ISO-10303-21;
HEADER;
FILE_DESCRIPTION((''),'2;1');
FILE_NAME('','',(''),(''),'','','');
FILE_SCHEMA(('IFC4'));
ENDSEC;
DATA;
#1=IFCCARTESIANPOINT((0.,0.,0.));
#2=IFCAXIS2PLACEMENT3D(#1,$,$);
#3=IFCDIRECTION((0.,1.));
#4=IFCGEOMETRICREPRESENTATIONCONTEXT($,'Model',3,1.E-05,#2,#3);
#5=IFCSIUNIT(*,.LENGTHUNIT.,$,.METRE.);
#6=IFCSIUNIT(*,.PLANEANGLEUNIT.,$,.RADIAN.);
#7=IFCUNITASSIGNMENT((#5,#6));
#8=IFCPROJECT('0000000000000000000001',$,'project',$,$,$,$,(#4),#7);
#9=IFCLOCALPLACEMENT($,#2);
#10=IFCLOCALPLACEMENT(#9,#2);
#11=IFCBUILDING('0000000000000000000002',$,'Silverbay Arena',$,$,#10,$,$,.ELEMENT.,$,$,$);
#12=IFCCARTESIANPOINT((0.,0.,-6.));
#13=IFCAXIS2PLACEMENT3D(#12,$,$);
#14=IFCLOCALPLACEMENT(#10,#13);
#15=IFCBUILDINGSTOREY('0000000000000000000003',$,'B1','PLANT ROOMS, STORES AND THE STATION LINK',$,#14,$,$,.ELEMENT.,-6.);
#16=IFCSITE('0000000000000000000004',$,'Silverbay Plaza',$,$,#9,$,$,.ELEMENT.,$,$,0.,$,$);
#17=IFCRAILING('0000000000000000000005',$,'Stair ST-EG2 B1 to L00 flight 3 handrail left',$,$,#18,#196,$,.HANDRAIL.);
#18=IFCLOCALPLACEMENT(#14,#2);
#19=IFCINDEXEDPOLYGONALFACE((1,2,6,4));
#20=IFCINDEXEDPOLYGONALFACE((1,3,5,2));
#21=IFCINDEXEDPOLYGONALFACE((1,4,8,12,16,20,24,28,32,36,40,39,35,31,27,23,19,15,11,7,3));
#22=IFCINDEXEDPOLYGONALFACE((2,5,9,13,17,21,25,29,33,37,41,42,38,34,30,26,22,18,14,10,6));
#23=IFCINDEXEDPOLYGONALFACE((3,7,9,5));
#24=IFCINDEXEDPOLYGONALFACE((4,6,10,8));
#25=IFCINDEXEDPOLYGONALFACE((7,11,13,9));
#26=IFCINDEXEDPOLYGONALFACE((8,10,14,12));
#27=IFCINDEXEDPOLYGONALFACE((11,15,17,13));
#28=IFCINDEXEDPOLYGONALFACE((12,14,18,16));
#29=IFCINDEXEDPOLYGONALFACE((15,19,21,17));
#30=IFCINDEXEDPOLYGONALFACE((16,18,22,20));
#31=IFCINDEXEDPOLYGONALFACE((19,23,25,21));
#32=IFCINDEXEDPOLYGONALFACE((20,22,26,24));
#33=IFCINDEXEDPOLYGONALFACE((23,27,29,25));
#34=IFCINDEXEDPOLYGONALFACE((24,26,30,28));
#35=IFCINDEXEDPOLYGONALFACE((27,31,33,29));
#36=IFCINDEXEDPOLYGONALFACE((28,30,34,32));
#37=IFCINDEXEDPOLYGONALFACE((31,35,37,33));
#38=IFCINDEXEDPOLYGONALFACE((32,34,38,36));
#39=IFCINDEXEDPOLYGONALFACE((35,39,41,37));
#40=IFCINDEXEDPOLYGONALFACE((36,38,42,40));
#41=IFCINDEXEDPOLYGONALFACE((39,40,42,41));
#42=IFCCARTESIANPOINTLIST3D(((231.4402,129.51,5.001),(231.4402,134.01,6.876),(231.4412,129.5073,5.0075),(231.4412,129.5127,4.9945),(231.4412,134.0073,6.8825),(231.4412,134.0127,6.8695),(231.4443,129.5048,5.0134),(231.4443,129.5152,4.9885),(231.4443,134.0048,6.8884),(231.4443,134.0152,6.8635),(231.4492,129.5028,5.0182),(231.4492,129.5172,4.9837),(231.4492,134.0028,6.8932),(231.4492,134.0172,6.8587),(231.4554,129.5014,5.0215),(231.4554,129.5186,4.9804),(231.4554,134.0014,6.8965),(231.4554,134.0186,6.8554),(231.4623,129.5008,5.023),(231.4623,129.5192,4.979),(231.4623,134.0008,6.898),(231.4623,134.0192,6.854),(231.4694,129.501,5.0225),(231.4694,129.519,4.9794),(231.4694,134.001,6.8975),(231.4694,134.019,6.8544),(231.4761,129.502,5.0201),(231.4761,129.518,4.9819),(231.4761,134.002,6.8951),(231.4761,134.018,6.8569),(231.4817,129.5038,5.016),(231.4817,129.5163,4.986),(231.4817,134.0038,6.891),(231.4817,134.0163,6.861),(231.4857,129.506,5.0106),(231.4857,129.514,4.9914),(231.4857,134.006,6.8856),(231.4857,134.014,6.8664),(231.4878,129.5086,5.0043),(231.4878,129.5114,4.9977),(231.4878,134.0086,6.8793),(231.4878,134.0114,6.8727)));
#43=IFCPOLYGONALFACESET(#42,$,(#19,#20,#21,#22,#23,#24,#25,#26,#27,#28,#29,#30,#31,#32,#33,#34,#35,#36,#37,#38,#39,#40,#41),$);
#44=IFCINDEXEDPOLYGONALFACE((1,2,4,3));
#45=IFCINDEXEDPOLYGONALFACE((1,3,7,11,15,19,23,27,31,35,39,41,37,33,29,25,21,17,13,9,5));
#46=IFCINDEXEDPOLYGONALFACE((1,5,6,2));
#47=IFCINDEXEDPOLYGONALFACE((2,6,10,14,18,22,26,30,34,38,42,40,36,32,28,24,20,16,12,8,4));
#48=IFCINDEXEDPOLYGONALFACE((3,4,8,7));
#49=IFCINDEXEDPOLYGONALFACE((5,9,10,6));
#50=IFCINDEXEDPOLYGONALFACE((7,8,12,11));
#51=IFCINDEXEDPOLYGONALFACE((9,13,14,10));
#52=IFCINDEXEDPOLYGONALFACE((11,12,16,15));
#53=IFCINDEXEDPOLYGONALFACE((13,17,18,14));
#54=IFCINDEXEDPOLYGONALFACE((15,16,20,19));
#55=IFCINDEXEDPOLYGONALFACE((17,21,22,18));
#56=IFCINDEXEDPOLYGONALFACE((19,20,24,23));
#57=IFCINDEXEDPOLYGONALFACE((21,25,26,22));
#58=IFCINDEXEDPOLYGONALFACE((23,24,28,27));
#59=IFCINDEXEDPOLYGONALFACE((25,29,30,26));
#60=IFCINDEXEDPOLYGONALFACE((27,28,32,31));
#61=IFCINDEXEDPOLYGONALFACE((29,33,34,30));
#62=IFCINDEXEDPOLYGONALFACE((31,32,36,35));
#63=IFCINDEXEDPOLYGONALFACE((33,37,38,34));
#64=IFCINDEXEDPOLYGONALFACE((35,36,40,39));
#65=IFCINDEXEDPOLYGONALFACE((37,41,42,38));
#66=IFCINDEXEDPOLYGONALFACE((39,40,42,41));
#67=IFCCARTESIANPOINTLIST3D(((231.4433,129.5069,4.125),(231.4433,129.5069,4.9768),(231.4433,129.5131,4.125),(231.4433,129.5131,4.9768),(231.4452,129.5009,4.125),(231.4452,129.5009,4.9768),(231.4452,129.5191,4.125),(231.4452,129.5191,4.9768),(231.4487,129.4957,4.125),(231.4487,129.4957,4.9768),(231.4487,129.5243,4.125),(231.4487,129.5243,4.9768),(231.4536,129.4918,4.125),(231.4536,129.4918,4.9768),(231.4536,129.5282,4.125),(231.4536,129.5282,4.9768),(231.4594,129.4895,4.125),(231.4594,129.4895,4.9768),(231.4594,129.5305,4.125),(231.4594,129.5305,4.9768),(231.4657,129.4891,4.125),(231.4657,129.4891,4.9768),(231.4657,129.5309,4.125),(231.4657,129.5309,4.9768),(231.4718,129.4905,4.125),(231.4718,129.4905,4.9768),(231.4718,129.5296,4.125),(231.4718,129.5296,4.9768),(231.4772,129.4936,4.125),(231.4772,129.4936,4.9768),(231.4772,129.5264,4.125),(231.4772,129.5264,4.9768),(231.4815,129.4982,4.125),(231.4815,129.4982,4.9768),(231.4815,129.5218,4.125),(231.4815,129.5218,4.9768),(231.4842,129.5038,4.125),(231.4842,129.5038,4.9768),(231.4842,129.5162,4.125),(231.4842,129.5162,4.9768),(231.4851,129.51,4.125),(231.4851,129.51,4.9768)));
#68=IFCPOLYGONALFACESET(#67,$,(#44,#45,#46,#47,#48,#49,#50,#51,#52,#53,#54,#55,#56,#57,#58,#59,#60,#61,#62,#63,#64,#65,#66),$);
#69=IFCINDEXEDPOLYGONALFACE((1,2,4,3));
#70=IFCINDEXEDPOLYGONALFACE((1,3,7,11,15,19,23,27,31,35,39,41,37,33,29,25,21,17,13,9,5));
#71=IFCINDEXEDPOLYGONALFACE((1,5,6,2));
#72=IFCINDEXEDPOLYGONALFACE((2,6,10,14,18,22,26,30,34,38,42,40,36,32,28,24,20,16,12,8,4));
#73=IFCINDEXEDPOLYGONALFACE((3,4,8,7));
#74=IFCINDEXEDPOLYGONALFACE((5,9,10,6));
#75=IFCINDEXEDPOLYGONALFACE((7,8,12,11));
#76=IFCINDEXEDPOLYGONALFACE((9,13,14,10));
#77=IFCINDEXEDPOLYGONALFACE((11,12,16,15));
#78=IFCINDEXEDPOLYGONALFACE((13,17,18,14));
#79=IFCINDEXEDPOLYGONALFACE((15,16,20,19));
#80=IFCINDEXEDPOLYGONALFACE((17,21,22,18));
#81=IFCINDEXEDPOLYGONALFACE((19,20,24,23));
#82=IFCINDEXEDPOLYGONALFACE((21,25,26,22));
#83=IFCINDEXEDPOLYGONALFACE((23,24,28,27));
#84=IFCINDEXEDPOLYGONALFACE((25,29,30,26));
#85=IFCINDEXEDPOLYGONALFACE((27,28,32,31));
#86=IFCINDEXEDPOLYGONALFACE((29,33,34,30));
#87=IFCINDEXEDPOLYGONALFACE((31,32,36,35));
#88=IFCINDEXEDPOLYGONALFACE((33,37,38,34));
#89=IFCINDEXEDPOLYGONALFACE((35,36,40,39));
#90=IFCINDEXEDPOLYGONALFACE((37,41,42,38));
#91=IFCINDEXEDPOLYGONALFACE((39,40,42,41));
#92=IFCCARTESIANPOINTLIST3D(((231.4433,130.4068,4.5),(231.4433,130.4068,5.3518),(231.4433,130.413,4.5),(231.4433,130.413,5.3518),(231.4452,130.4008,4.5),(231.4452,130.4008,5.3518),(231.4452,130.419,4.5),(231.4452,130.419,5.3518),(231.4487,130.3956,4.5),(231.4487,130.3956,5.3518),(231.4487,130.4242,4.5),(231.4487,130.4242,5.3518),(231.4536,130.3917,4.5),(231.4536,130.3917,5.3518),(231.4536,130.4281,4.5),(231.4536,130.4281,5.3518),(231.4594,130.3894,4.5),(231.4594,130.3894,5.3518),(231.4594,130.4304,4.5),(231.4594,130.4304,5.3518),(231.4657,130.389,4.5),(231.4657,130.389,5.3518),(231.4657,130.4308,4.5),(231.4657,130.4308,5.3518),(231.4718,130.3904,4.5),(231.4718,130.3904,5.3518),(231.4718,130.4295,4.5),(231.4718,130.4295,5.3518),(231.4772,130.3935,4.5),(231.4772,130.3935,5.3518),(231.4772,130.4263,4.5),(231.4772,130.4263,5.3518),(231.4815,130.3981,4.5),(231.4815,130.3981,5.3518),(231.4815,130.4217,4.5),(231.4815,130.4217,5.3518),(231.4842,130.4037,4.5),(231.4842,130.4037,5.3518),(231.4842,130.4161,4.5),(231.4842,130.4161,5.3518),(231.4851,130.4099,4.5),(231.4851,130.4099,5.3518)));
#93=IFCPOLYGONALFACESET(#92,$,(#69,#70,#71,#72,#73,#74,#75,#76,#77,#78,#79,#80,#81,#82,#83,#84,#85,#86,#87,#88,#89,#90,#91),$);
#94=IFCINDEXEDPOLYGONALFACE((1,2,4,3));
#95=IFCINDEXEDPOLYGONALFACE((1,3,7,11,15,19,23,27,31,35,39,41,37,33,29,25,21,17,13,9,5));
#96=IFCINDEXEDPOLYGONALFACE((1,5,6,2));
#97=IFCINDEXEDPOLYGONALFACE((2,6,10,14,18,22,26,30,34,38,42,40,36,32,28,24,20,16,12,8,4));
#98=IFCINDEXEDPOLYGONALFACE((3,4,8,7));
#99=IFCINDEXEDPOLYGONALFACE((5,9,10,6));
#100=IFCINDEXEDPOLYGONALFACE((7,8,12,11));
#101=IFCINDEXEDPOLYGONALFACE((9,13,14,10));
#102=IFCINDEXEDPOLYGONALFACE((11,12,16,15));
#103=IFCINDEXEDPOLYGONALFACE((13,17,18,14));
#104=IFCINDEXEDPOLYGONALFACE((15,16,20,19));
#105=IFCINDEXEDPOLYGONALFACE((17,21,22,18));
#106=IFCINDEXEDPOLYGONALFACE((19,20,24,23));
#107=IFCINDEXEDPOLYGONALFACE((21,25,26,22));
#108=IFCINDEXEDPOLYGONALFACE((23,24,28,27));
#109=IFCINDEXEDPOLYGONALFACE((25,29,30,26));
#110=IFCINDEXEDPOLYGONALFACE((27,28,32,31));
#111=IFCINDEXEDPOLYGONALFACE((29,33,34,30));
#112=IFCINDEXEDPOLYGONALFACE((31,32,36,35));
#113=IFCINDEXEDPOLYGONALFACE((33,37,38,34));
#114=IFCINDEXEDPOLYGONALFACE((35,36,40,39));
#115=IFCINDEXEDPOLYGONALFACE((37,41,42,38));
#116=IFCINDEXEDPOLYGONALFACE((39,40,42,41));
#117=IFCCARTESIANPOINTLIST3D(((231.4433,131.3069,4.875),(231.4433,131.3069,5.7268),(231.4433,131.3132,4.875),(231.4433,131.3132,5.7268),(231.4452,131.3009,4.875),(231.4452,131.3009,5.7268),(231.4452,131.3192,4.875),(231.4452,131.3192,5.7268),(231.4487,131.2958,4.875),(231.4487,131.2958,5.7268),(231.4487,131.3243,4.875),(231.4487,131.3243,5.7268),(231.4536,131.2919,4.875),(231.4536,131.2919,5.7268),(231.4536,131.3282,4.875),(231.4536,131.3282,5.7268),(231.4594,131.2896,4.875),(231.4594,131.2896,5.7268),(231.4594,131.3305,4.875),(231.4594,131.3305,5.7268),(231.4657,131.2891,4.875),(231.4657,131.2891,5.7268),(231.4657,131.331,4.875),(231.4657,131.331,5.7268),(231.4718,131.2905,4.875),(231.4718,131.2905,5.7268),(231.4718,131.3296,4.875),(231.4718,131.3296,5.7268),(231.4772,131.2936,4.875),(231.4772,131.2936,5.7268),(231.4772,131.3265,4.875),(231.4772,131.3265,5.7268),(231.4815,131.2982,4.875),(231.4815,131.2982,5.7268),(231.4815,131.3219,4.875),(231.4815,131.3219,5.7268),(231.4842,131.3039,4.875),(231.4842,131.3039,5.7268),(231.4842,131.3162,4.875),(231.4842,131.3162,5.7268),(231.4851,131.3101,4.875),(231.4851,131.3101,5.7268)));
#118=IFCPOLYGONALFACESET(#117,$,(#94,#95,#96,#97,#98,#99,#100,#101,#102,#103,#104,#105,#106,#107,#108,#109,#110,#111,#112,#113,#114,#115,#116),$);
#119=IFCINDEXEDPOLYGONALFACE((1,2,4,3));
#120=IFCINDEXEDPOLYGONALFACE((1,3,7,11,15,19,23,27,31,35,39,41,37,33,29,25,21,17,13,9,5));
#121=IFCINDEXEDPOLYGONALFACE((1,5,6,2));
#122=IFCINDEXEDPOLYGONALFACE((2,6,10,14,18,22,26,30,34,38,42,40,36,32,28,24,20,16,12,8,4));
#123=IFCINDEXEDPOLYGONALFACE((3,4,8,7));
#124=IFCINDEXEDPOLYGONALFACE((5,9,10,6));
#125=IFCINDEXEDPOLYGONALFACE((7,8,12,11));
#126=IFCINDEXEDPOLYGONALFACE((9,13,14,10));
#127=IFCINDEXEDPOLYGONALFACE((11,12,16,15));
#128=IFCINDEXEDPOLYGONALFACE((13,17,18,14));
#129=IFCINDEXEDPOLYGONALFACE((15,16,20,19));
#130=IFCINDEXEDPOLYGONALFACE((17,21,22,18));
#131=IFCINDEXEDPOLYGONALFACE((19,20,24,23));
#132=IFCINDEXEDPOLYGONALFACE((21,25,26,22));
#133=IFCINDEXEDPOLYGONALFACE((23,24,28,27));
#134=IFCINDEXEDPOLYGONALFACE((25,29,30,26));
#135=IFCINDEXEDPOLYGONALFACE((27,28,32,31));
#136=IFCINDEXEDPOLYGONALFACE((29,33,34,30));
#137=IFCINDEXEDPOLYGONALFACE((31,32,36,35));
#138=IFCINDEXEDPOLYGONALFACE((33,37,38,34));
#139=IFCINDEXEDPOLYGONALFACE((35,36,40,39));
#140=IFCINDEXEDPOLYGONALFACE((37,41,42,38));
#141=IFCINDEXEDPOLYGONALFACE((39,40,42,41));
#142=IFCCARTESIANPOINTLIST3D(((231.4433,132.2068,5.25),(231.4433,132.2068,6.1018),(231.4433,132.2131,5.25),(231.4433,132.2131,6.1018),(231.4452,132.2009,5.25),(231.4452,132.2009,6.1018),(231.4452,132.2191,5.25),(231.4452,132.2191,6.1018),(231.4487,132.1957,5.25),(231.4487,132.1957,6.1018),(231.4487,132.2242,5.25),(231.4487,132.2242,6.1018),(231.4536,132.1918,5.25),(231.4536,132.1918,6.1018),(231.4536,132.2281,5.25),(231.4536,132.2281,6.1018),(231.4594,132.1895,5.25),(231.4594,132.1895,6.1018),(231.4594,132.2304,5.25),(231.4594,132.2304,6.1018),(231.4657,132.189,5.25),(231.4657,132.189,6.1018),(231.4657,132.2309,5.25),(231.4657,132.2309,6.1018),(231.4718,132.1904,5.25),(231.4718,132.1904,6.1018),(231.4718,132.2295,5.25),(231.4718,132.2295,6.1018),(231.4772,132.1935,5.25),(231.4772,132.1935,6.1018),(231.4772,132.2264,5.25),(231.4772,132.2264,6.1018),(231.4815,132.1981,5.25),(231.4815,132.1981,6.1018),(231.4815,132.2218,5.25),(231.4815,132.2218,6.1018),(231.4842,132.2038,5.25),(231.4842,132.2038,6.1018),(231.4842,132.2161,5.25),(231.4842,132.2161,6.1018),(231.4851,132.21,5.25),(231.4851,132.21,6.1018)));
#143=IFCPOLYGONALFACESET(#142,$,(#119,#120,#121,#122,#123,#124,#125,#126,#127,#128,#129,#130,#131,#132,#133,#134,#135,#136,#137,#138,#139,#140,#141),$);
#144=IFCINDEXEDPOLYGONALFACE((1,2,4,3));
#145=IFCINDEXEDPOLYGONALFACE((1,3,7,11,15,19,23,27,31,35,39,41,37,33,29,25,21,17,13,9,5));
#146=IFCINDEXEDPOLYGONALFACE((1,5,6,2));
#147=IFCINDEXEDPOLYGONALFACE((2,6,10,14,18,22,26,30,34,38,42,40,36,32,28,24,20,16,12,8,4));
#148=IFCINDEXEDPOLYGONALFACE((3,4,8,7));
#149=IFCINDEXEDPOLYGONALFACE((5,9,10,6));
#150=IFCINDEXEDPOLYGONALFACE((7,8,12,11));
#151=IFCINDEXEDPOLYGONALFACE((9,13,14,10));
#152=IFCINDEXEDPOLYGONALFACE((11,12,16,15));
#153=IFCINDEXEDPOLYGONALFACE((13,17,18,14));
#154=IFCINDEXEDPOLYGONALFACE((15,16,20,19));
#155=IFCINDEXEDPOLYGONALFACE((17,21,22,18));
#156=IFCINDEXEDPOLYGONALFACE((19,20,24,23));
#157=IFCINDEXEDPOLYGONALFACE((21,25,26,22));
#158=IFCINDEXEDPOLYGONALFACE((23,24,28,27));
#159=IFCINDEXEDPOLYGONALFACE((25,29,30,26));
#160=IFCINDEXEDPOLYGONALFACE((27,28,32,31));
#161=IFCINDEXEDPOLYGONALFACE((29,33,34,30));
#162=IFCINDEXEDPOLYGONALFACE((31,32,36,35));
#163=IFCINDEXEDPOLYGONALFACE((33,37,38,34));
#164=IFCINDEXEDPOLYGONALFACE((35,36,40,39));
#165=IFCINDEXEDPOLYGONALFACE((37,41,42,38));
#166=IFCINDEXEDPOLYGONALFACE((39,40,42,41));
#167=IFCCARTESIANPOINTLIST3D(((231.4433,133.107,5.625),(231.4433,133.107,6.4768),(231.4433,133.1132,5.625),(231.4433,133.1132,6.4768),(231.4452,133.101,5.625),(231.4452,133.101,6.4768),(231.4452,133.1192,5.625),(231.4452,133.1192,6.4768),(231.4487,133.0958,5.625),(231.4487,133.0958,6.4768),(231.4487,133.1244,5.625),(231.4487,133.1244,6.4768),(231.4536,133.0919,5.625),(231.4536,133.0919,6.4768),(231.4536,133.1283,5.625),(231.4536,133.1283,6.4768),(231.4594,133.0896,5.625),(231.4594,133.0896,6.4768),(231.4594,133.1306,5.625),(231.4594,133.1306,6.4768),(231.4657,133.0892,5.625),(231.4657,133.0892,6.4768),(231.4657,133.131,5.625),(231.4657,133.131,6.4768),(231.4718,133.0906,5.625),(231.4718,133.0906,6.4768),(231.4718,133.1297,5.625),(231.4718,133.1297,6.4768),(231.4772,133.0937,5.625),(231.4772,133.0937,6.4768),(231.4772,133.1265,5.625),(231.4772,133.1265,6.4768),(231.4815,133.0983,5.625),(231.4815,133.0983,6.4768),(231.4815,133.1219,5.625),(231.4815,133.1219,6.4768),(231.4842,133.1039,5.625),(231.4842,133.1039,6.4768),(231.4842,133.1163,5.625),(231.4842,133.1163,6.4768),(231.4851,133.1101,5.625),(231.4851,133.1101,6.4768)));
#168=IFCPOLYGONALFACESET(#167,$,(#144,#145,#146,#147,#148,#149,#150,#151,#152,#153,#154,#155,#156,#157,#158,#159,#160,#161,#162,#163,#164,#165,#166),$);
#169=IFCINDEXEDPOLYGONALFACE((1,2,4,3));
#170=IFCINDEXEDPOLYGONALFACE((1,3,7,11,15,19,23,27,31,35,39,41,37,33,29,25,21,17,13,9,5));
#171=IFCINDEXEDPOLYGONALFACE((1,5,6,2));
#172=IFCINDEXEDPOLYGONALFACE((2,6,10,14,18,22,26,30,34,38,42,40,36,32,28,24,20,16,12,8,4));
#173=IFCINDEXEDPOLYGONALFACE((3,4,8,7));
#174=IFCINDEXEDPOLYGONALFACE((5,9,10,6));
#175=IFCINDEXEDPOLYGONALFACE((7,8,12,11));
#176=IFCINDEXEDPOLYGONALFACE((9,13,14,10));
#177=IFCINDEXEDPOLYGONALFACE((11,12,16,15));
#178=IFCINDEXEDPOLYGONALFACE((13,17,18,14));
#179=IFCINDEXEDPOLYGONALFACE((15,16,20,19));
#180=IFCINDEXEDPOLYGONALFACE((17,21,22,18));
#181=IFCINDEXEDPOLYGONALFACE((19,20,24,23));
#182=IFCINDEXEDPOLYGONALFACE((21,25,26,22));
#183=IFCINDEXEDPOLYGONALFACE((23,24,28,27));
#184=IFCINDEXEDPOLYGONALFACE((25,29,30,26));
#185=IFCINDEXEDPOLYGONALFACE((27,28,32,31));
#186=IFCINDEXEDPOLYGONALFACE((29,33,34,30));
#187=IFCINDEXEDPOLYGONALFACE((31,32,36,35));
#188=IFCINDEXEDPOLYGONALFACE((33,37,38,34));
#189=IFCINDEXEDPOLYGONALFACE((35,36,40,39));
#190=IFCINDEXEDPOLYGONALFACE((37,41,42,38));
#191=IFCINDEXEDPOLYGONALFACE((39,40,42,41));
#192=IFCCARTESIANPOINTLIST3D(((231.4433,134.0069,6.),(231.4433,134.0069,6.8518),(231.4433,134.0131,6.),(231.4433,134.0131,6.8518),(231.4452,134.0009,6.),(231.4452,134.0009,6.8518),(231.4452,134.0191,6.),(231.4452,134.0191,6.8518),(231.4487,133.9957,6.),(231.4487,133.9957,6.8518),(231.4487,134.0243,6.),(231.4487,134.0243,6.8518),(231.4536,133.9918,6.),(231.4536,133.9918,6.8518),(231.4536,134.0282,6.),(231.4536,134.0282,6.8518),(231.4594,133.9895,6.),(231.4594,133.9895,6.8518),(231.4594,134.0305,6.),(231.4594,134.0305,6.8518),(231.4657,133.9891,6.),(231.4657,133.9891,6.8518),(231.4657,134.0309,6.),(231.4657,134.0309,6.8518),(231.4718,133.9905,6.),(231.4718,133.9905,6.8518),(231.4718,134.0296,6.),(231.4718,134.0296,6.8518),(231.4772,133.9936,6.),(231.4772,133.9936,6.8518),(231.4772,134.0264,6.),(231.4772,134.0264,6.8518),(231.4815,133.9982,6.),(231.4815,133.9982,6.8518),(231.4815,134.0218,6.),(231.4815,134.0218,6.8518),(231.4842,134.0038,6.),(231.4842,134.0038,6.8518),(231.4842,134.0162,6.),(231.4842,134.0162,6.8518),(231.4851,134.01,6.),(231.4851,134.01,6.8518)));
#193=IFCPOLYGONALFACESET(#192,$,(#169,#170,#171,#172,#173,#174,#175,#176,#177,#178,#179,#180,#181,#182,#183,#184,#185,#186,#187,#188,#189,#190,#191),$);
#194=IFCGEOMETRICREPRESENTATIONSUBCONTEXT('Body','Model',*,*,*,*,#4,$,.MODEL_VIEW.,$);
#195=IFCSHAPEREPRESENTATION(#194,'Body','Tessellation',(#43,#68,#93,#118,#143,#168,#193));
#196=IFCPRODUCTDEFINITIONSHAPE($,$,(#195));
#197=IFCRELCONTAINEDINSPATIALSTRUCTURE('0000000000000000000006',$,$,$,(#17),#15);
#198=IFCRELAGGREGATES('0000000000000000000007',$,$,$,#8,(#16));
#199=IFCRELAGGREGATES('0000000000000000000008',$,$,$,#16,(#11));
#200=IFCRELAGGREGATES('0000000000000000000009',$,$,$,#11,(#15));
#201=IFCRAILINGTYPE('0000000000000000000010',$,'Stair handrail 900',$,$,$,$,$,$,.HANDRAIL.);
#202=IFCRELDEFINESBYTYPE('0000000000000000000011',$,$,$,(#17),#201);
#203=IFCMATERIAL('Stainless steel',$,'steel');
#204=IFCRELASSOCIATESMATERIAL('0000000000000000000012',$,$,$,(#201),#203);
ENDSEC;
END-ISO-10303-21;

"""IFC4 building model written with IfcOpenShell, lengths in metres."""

from ifc_helpers import new_model, si_unit, direction, frame, origin, origin_2d, place, context, subcontext, project, spatial, circle, extrude, material, type_object, element, save


model = new_model("IFC4")

# Units and contexts
model_context = context("Model", 3, precision=1e-05, world=origin(), true_north=direction((0.0, 1.0)))
body_context = subcontext(model_context, "Body", "Model", "MODEL_VIEW")
ifc_project = project(units=[si_unit("LENGTHUNIT", "METRE"), si_unit("PLANEANGLEUNIT", "RADIAN")], contexts=[model_context])

# Site, building, storey
site_placement = place(None, origin())
site = spatial("IfcSite", under=ifc_project, at=site_placement, Name="Silverbay Plaza", CompositionType="ELEMENT", RefElevation=0.0)
building_placement = place(site_placement, origin())
building = spatial("IfcBuilding", under=site, at=building_placement, Name="Silverbay Arena", CompositionType="ELEMENT")
storey_placement = place(building_placement, frame((0.0, 0.0, -6.0)))
storey = spatial("IfcBuildingStorey", under=building, at=storey_placement, Name="B1", Description="PLANT ROOMS, STORES AND THE STATION LINK", CompositionType="ELEMENT", Elevation=-6.0)

# Railing
ifc_material_1 = material(Name="Stainless steel", Category="steel")
railing_type_1 = type_object("IfcRailingType", Name="Stair handrail 900", PredefinedType="HANDRAIL", material=ifc_material_1)
for number, where, name in (
    (1, (231.4641, 129.51, 4.125), "Stair ST-EG2 B1 to L00 flight 3 handrail left"),
):
    element("IfcRailing", number, at=place(storey_placement, frame(where)), inside=storey, type_object=railing_type_1, Name=name, PredefinedType="HANDRAIL", context=body_context, shape_type="SweptSolid", body=[
        extrude(circle(Radius=0.0239, at=origin_2d()), frame((0.0, 0.0, 0.876), z_axis=(0.0, 0.923077, 0.384615), x_axis=(-1.0, 0.0, 0.0)), (0.0, 0.0, 1.0), 4.875),
        extrude(circle(Radius=0.021, at=origin_2d()), origin(), (0.0, 0.0, 1.0), 0.8518),
        extrude(circle(Radius=0.021, at=origin_2d()), frame((0.0, 0.8999, 0.375)), (0.0, 0.0, 1.0), 0.8518),
        extrude(circle(Radius=0.021, at=origin_2d()), frame((0.0, 1.8, 0.75)), (0.0, 0.0, 1.0), 0.8518),
        extrude(circle(Radius=0.021, at=origin_2d()), frame((0.0, 2.7, 1.125)), (0.0, 0.0, 1.0), 0.8518),
        extrude(circle(Radius=0.021, at=origin_2d()), frame((0.0, 3.6001, 1.5)), (0.0, 0.0, 1.0), 0.8518),
        extrude(circle(Radius=0.021, at=origin_2d()), frame((0.0, 4.5, 1.875)), (0.0, 0.0, 1.0), 0.8518),
    ])

save(model, "model.ifc")
